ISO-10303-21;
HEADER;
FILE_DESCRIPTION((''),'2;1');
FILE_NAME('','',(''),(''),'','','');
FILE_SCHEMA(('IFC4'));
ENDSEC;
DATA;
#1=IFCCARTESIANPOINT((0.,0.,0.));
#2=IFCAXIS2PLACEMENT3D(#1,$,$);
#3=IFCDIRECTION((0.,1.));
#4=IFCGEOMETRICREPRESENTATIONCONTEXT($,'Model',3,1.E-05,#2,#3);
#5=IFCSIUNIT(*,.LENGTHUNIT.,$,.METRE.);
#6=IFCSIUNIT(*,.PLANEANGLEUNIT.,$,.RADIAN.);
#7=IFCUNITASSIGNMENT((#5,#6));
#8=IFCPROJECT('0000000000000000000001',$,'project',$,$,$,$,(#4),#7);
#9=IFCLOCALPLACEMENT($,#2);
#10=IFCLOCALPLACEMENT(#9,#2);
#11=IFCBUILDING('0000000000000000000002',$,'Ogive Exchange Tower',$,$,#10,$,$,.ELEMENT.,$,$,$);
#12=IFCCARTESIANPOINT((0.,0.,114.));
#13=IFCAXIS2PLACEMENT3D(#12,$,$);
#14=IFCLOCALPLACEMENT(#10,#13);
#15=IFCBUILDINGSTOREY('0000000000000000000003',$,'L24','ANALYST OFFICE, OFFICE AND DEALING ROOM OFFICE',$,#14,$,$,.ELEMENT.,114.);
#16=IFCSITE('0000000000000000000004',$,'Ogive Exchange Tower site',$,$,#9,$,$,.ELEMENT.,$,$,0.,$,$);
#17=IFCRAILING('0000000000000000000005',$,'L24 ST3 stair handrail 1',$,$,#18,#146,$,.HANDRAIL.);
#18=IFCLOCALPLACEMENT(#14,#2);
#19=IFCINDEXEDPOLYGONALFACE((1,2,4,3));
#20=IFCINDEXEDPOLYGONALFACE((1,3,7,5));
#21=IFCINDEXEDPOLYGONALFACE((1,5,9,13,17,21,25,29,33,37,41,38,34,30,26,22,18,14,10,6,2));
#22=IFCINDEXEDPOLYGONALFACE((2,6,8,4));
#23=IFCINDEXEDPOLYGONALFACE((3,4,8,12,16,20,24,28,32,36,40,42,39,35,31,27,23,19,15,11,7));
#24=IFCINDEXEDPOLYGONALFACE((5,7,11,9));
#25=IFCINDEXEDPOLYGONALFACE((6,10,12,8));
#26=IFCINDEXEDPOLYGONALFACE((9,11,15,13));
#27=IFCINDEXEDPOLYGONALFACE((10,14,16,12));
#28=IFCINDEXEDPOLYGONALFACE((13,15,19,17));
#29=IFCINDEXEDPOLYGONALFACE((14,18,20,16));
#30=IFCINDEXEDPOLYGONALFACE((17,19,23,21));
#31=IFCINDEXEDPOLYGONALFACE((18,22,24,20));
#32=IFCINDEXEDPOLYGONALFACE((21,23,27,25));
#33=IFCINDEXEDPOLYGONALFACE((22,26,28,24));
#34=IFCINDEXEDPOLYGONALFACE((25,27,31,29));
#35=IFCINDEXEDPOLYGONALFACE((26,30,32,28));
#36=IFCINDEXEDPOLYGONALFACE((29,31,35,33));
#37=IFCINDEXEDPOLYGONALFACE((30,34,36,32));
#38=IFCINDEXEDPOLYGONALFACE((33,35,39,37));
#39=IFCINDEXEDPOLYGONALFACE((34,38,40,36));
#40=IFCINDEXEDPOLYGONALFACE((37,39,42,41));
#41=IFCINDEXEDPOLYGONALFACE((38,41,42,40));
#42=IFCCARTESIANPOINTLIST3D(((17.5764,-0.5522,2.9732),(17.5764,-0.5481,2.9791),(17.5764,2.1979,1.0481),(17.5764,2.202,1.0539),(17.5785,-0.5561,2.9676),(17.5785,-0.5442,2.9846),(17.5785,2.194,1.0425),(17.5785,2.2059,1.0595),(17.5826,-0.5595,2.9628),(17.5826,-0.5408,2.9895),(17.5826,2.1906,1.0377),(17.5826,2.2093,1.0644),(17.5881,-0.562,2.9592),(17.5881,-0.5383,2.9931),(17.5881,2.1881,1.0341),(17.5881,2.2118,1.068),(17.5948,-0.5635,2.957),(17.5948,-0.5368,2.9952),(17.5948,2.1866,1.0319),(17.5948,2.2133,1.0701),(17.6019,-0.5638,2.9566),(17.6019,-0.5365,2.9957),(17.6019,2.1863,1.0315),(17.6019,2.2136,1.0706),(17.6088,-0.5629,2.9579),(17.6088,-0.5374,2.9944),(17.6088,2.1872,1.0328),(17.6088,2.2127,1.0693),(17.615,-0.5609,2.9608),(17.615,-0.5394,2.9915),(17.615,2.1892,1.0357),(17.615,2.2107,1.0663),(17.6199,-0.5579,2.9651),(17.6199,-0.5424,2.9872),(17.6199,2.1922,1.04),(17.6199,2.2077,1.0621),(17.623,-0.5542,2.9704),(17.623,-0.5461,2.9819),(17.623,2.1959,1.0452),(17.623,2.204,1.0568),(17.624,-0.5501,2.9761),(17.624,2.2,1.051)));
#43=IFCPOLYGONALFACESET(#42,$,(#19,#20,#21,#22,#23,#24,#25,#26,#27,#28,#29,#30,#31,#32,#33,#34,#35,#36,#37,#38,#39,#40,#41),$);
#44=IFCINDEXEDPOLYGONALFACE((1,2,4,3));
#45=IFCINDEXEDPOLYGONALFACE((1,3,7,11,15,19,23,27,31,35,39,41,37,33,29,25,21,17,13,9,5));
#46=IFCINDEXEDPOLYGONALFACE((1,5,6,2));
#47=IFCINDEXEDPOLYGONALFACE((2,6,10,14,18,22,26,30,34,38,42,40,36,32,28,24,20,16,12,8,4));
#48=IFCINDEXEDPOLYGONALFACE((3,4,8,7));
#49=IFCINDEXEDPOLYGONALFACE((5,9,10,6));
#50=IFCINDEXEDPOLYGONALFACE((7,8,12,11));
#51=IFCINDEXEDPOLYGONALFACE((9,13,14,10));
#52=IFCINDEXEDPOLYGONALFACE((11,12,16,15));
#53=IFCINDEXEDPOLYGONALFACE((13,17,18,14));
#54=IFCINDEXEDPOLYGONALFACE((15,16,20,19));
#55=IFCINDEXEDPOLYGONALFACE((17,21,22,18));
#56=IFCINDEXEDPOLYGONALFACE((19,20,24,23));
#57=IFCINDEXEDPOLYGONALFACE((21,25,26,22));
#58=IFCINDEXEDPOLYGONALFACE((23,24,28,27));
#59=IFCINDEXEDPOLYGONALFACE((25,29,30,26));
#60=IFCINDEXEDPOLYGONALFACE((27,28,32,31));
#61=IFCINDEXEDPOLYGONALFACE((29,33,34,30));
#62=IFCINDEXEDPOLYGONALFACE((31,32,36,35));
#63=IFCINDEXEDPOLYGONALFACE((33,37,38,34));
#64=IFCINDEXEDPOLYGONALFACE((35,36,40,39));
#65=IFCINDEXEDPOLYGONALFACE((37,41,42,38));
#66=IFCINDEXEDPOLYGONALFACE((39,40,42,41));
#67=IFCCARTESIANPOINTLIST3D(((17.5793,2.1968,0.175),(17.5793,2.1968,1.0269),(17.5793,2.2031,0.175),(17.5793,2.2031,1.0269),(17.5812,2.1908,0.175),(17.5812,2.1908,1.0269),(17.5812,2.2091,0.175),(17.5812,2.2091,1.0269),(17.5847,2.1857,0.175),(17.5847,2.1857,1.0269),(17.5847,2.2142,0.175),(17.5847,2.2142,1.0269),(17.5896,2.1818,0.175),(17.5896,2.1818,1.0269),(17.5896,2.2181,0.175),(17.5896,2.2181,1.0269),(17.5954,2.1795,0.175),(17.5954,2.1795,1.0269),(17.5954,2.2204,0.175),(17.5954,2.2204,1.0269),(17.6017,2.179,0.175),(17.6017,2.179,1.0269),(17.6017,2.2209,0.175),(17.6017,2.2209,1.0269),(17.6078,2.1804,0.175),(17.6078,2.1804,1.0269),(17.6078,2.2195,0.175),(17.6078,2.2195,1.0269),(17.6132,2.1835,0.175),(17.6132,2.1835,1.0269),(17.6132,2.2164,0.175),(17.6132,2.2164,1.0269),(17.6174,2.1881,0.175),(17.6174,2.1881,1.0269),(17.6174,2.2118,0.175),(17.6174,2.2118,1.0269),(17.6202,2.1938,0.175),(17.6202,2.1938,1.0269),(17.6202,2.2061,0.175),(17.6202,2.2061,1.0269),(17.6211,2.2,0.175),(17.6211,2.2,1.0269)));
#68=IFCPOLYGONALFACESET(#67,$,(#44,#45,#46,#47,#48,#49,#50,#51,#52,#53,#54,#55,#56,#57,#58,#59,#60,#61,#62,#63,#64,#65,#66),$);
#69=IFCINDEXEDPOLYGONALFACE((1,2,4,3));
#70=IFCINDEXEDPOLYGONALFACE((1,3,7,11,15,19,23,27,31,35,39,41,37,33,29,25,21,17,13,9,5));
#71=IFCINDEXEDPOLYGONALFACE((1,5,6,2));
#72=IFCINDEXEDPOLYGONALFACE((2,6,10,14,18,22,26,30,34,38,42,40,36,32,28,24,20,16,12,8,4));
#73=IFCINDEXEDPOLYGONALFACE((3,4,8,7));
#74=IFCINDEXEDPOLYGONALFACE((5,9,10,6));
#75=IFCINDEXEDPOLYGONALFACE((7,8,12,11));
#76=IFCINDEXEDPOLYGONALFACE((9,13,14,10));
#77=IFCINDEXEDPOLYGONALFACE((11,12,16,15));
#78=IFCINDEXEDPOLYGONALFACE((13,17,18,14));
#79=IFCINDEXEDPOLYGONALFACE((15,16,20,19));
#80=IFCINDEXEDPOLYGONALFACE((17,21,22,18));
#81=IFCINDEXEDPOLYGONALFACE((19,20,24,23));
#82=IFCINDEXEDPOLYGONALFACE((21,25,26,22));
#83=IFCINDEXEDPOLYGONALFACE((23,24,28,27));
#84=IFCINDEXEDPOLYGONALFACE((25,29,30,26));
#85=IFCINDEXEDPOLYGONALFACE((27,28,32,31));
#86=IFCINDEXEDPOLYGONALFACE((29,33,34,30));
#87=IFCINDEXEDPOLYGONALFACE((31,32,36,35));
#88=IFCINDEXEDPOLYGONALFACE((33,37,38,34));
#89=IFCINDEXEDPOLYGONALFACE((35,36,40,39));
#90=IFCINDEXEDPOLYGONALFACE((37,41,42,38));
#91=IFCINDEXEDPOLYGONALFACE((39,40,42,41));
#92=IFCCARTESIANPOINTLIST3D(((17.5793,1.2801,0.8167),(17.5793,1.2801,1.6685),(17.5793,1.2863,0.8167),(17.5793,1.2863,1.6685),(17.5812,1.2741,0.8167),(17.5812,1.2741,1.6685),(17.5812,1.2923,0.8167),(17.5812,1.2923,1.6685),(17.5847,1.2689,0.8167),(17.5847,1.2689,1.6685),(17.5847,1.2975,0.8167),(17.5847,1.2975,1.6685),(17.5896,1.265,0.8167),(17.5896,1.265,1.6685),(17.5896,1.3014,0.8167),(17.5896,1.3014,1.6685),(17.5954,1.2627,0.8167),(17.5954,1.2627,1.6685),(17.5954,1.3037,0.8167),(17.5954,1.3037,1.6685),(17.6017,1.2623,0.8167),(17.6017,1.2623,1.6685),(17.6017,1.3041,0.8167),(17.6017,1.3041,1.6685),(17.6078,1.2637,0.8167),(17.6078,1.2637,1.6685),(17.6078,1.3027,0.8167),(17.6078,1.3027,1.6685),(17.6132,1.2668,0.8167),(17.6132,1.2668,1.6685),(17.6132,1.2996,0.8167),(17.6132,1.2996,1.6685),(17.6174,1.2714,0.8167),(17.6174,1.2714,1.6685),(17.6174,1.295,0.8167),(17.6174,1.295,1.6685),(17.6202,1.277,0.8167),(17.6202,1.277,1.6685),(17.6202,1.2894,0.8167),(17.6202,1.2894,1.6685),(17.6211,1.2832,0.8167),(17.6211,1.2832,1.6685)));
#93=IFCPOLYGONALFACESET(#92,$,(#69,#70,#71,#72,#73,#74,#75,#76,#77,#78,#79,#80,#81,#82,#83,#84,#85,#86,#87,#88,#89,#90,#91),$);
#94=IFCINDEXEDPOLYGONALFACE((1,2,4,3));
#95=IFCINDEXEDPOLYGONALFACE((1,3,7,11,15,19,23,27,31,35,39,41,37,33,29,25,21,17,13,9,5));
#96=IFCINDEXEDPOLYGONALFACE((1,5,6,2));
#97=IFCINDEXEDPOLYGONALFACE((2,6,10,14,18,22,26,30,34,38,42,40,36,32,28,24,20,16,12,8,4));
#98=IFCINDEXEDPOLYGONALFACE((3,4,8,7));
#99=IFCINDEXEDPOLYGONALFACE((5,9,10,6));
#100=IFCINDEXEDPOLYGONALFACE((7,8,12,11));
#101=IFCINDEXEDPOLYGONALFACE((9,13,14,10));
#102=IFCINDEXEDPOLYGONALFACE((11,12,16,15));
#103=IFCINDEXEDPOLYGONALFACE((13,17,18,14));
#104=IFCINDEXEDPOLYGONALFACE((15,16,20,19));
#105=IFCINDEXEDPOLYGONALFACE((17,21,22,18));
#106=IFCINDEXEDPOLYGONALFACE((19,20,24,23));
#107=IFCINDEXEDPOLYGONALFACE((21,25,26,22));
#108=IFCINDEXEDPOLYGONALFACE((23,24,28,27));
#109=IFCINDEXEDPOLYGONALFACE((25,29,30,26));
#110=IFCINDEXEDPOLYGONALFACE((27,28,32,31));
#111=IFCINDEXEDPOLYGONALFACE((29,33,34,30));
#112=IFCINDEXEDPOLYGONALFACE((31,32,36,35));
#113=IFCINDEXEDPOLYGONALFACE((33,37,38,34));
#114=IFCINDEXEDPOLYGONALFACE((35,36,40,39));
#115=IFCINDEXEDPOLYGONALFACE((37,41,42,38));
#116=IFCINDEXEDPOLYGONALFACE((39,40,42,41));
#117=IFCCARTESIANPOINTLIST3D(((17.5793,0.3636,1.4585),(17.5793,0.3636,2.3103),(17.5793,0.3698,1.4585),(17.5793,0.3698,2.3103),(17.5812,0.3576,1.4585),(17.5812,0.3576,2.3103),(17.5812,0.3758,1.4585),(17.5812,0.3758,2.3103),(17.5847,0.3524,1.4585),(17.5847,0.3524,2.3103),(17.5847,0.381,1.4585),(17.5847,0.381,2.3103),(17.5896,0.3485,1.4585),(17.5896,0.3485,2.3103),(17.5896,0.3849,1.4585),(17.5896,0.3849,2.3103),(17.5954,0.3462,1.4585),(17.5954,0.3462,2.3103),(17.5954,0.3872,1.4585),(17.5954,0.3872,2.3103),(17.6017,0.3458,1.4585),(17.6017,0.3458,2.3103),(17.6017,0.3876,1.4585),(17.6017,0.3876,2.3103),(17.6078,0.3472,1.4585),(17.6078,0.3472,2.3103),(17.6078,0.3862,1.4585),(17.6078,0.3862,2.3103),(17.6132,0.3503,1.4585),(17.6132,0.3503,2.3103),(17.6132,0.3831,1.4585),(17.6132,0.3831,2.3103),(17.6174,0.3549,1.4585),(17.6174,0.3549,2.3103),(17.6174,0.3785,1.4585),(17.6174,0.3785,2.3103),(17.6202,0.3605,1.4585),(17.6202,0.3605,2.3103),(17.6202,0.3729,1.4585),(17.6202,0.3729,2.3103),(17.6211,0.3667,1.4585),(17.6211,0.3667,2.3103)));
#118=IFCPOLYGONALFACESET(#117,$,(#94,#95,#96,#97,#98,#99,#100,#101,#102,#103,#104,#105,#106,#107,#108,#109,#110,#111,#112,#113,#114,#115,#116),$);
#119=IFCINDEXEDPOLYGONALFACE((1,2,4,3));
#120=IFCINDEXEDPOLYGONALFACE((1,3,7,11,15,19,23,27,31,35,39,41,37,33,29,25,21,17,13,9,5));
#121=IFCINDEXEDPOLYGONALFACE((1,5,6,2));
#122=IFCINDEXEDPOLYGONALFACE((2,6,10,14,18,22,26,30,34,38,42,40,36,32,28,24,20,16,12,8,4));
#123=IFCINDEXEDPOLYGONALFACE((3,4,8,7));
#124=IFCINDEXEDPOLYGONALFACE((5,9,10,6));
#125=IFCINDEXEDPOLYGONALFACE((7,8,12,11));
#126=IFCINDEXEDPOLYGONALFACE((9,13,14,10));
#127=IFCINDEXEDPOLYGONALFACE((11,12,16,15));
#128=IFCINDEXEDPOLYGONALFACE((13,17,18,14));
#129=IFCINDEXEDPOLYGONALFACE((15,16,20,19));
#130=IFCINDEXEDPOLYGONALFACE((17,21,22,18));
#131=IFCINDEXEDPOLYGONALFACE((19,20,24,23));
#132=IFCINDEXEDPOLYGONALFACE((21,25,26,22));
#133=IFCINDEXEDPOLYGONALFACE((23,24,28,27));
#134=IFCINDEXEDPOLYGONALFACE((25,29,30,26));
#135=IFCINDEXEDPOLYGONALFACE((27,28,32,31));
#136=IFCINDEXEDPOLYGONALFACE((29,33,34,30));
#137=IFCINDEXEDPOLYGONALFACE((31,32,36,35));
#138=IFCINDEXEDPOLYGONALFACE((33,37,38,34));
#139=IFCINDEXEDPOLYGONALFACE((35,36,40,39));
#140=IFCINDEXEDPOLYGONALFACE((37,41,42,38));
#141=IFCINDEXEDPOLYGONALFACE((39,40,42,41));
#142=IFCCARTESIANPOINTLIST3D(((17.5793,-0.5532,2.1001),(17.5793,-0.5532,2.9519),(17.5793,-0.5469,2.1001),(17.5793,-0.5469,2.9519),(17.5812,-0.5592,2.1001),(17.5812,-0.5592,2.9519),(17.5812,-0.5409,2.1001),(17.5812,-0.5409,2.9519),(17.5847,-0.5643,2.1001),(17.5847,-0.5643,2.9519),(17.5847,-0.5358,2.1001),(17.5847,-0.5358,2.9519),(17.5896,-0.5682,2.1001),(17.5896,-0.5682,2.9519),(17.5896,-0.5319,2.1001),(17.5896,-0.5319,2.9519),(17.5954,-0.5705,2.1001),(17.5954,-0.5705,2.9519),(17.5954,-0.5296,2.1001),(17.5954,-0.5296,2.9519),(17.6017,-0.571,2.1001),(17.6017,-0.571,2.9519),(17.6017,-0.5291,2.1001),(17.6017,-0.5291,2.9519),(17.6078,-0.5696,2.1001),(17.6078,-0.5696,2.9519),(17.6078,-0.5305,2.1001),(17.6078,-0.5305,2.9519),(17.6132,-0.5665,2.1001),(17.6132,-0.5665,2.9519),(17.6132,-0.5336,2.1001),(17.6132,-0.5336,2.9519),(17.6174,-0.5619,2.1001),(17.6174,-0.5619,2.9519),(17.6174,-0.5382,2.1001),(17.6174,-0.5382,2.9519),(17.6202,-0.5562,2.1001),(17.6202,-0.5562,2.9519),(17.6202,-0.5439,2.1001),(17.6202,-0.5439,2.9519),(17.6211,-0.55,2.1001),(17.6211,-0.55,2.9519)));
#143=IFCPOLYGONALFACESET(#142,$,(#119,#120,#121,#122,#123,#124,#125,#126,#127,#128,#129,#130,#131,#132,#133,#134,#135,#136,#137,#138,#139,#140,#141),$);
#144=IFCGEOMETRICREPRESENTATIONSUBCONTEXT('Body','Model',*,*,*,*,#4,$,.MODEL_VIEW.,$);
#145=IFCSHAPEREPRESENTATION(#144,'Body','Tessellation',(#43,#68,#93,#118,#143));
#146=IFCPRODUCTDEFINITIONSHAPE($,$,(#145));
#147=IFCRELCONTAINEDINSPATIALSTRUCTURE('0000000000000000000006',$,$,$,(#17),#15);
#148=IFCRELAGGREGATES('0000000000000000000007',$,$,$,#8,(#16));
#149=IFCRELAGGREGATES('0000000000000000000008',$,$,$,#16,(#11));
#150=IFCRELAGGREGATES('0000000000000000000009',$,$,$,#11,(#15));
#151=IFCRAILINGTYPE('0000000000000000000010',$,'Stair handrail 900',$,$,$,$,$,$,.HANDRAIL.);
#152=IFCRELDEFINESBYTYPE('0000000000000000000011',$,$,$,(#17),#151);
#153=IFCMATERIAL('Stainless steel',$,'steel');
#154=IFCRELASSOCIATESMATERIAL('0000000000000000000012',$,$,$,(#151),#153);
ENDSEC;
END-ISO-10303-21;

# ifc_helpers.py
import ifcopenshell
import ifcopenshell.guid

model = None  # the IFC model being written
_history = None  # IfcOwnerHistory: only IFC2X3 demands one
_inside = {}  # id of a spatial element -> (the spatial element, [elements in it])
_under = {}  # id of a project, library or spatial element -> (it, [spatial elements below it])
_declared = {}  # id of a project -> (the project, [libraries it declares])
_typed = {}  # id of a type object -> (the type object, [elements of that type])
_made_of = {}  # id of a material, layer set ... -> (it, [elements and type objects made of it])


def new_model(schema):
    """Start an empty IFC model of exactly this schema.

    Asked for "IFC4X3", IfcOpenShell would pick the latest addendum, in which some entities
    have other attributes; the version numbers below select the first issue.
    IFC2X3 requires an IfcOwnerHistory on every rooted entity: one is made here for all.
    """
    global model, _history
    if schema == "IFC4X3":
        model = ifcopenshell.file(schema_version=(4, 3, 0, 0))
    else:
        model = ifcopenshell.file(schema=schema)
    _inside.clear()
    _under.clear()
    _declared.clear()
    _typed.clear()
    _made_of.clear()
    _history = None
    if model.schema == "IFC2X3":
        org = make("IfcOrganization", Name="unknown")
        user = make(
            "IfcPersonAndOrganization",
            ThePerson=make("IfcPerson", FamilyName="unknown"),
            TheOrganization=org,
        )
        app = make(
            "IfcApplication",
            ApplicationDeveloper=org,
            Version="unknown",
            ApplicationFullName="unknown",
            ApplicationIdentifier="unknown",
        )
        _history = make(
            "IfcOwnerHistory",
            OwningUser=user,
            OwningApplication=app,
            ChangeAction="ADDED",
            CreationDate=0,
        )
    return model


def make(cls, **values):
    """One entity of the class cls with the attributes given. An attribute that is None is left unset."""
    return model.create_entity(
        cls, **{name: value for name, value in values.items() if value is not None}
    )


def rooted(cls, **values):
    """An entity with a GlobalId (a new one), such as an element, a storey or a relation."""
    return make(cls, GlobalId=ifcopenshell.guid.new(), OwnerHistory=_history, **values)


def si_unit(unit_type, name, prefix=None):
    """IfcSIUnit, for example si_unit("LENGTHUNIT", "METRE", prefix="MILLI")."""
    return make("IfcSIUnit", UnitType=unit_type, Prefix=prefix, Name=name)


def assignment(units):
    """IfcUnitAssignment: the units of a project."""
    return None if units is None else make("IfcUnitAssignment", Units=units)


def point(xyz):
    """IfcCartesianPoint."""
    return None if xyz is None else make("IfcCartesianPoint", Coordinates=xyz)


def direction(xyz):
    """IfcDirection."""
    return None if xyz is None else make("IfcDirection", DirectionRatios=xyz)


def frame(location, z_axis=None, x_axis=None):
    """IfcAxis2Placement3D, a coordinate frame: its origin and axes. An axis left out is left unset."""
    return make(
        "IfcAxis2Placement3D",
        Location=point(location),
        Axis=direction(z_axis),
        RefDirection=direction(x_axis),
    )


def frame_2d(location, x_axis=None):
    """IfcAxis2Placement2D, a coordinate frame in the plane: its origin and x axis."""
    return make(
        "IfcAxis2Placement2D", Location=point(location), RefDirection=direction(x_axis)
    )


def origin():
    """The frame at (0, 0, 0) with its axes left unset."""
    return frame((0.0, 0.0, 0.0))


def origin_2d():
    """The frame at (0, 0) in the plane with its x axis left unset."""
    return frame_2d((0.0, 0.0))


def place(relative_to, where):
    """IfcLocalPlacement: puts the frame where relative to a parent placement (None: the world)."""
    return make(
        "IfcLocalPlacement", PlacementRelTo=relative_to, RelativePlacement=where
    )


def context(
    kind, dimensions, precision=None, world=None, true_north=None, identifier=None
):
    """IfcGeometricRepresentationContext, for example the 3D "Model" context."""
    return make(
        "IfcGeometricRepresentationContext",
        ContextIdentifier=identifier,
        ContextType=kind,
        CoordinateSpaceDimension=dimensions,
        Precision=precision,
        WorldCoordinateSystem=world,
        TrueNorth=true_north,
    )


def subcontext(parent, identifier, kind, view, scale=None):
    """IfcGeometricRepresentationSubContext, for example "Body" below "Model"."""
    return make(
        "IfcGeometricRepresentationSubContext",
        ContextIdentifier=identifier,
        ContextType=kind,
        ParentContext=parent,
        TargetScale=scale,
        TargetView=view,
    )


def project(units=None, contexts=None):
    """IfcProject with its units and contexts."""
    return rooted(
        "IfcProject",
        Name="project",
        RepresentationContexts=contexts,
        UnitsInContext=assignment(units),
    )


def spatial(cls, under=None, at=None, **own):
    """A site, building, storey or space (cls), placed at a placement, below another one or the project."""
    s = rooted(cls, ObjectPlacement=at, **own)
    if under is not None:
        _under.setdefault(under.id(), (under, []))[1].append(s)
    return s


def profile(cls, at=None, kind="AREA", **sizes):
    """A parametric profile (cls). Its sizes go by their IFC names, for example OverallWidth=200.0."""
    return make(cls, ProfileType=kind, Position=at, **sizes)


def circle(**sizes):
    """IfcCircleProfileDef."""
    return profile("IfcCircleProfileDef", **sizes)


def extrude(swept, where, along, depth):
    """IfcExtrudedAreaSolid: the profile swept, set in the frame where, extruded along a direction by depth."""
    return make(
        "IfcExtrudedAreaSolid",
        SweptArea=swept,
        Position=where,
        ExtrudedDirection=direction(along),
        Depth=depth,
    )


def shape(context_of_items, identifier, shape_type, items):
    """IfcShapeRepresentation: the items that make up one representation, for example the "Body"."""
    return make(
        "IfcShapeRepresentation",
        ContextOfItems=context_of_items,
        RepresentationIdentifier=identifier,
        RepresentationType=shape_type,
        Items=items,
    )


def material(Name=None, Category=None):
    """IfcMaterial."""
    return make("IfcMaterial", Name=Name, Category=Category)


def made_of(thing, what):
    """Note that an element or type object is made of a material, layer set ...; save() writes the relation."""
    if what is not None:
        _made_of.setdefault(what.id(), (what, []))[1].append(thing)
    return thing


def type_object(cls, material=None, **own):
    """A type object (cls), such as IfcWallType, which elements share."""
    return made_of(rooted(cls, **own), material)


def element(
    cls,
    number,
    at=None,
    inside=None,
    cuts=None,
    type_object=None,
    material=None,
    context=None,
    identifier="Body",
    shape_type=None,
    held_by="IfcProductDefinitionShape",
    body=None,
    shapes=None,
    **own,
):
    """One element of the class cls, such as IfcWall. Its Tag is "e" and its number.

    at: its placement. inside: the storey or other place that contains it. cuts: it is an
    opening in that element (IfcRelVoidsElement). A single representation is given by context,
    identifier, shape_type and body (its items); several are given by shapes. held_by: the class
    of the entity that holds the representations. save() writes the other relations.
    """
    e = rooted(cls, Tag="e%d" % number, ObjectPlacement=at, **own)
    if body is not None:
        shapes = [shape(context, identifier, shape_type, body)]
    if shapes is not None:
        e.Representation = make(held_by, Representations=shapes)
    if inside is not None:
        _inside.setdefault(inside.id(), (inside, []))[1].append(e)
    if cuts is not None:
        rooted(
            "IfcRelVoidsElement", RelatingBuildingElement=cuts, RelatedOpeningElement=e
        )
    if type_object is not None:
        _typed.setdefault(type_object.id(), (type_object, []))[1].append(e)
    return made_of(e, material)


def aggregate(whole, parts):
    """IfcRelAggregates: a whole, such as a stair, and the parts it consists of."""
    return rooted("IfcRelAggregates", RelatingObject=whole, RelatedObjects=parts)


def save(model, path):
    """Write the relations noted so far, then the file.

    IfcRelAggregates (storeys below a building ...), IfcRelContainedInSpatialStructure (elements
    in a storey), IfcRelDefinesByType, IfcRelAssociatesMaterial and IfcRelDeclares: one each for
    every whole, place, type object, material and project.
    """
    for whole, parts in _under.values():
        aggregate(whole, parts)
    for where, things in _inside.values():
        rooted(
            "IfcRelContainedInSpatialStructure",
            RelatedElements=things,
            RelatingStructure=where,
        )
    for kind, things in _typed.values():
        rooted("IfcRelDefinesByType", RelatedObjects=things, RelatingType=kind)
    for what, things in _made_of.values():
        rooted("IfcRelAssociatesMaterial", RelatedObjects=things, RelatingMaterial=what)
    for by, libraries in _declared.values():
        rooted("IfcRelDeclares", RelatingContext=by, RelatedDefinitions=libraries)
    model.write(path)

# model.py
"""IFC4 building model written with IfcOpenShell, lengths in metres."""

from ifc_helpers import new_model, si_unit, direction, frame, origin, origin_2d, place, context, subcontext, project, spatial, circle, extrude, material, type_object, element, save


model = new_model("IFC4")

# Units and contexts
model_context = context("Model", 3, precision=1e-05, world=origin(), true_north=direction((0.0, 1.0)))
body_context = subcontext(model_context, "Body", "Model", "MODEL_VIEW")
ifc_project = project(units=[si_unit("LENGTHUNIT", "METRE"), si_unit("PLANEANGLEUNIT", "RADIAN")], contexts=[model_context])

# Site, building, storey
site_placement = place(None, origin())
site = spatial("IfcSite", under=ifc_project, at=site_placement, Name="Ogive Exchange Tower site", CompositionType="ELEMENT", RefElevation=0.0)
building_placement = place(site_placement, origin())
building = spatial("IfcBuilding", under=site, at=building_placement, Name="Ogive Exchange Tower", CompositionType="ELEMENT")
storey_placement = place(building_placement, frame((0.0, 0.0, 114.0)))
storey = spatial("IfcBuildingStorey", under=building, at=storey_placement, Name="L24", Description="ANALYST OFFICE, OFFICE AND DEALING ROOM OFFICE", CompositionType="ELEMENT", Elevation=114.0)

# Shared definitions
ifc_material_1 = material(Name="Stainless steel", Category="steel")

# Railing
railing_type = type_object("IfcRailingType", Name="Stair handrail 900", PredefinedType="HANDRAIL", material=ifc_material_1)
railing_1_placement = place(storey_placement, frame((17.6001, 2.2, 0.175)))
element("IfcRailing", 1, at=railing_1_placement, inside=storey, type_object=railing_type, Name="L24 ST3 stair handrail 1", PredefinedType="HANDRAIL", context=body_context, shape_type="SweptSolid", body=[
    extrude(circle(Radius=0.0239, at=origin_2d()), frame((0.0, 0.0, 0.876), z_axis=(0.0, -0.819225, 0.573472), x_axis=(1.0, 0.0, 0.0)), (0.0, 0.0, 1.0), 3.3569),
    extrude(circle(Radius=0.021, at=origin_2d()), origin(), (0.0, 0.0, 1.0), 0.8518),
    extrude(circle(Radius=0.021, at=origin_2d()), frame((0.0, -0.9167, 0.6416)), (0.0, 0.0, 1.0), 0.8518),
    extrude(circle(Radius=0.021, at=origin_2d()), frame((0.0, -1.8333, 1.2834)), (0.0, 0.0, 1.0), 0.8518),
    extrude(circle(Radius=0.021, at=origin_2d()), frame((0.0, -2.75, 1.925)), (0.0, 0.0, 1.0), 0.8518),
])

save(model, "model.ifc")
